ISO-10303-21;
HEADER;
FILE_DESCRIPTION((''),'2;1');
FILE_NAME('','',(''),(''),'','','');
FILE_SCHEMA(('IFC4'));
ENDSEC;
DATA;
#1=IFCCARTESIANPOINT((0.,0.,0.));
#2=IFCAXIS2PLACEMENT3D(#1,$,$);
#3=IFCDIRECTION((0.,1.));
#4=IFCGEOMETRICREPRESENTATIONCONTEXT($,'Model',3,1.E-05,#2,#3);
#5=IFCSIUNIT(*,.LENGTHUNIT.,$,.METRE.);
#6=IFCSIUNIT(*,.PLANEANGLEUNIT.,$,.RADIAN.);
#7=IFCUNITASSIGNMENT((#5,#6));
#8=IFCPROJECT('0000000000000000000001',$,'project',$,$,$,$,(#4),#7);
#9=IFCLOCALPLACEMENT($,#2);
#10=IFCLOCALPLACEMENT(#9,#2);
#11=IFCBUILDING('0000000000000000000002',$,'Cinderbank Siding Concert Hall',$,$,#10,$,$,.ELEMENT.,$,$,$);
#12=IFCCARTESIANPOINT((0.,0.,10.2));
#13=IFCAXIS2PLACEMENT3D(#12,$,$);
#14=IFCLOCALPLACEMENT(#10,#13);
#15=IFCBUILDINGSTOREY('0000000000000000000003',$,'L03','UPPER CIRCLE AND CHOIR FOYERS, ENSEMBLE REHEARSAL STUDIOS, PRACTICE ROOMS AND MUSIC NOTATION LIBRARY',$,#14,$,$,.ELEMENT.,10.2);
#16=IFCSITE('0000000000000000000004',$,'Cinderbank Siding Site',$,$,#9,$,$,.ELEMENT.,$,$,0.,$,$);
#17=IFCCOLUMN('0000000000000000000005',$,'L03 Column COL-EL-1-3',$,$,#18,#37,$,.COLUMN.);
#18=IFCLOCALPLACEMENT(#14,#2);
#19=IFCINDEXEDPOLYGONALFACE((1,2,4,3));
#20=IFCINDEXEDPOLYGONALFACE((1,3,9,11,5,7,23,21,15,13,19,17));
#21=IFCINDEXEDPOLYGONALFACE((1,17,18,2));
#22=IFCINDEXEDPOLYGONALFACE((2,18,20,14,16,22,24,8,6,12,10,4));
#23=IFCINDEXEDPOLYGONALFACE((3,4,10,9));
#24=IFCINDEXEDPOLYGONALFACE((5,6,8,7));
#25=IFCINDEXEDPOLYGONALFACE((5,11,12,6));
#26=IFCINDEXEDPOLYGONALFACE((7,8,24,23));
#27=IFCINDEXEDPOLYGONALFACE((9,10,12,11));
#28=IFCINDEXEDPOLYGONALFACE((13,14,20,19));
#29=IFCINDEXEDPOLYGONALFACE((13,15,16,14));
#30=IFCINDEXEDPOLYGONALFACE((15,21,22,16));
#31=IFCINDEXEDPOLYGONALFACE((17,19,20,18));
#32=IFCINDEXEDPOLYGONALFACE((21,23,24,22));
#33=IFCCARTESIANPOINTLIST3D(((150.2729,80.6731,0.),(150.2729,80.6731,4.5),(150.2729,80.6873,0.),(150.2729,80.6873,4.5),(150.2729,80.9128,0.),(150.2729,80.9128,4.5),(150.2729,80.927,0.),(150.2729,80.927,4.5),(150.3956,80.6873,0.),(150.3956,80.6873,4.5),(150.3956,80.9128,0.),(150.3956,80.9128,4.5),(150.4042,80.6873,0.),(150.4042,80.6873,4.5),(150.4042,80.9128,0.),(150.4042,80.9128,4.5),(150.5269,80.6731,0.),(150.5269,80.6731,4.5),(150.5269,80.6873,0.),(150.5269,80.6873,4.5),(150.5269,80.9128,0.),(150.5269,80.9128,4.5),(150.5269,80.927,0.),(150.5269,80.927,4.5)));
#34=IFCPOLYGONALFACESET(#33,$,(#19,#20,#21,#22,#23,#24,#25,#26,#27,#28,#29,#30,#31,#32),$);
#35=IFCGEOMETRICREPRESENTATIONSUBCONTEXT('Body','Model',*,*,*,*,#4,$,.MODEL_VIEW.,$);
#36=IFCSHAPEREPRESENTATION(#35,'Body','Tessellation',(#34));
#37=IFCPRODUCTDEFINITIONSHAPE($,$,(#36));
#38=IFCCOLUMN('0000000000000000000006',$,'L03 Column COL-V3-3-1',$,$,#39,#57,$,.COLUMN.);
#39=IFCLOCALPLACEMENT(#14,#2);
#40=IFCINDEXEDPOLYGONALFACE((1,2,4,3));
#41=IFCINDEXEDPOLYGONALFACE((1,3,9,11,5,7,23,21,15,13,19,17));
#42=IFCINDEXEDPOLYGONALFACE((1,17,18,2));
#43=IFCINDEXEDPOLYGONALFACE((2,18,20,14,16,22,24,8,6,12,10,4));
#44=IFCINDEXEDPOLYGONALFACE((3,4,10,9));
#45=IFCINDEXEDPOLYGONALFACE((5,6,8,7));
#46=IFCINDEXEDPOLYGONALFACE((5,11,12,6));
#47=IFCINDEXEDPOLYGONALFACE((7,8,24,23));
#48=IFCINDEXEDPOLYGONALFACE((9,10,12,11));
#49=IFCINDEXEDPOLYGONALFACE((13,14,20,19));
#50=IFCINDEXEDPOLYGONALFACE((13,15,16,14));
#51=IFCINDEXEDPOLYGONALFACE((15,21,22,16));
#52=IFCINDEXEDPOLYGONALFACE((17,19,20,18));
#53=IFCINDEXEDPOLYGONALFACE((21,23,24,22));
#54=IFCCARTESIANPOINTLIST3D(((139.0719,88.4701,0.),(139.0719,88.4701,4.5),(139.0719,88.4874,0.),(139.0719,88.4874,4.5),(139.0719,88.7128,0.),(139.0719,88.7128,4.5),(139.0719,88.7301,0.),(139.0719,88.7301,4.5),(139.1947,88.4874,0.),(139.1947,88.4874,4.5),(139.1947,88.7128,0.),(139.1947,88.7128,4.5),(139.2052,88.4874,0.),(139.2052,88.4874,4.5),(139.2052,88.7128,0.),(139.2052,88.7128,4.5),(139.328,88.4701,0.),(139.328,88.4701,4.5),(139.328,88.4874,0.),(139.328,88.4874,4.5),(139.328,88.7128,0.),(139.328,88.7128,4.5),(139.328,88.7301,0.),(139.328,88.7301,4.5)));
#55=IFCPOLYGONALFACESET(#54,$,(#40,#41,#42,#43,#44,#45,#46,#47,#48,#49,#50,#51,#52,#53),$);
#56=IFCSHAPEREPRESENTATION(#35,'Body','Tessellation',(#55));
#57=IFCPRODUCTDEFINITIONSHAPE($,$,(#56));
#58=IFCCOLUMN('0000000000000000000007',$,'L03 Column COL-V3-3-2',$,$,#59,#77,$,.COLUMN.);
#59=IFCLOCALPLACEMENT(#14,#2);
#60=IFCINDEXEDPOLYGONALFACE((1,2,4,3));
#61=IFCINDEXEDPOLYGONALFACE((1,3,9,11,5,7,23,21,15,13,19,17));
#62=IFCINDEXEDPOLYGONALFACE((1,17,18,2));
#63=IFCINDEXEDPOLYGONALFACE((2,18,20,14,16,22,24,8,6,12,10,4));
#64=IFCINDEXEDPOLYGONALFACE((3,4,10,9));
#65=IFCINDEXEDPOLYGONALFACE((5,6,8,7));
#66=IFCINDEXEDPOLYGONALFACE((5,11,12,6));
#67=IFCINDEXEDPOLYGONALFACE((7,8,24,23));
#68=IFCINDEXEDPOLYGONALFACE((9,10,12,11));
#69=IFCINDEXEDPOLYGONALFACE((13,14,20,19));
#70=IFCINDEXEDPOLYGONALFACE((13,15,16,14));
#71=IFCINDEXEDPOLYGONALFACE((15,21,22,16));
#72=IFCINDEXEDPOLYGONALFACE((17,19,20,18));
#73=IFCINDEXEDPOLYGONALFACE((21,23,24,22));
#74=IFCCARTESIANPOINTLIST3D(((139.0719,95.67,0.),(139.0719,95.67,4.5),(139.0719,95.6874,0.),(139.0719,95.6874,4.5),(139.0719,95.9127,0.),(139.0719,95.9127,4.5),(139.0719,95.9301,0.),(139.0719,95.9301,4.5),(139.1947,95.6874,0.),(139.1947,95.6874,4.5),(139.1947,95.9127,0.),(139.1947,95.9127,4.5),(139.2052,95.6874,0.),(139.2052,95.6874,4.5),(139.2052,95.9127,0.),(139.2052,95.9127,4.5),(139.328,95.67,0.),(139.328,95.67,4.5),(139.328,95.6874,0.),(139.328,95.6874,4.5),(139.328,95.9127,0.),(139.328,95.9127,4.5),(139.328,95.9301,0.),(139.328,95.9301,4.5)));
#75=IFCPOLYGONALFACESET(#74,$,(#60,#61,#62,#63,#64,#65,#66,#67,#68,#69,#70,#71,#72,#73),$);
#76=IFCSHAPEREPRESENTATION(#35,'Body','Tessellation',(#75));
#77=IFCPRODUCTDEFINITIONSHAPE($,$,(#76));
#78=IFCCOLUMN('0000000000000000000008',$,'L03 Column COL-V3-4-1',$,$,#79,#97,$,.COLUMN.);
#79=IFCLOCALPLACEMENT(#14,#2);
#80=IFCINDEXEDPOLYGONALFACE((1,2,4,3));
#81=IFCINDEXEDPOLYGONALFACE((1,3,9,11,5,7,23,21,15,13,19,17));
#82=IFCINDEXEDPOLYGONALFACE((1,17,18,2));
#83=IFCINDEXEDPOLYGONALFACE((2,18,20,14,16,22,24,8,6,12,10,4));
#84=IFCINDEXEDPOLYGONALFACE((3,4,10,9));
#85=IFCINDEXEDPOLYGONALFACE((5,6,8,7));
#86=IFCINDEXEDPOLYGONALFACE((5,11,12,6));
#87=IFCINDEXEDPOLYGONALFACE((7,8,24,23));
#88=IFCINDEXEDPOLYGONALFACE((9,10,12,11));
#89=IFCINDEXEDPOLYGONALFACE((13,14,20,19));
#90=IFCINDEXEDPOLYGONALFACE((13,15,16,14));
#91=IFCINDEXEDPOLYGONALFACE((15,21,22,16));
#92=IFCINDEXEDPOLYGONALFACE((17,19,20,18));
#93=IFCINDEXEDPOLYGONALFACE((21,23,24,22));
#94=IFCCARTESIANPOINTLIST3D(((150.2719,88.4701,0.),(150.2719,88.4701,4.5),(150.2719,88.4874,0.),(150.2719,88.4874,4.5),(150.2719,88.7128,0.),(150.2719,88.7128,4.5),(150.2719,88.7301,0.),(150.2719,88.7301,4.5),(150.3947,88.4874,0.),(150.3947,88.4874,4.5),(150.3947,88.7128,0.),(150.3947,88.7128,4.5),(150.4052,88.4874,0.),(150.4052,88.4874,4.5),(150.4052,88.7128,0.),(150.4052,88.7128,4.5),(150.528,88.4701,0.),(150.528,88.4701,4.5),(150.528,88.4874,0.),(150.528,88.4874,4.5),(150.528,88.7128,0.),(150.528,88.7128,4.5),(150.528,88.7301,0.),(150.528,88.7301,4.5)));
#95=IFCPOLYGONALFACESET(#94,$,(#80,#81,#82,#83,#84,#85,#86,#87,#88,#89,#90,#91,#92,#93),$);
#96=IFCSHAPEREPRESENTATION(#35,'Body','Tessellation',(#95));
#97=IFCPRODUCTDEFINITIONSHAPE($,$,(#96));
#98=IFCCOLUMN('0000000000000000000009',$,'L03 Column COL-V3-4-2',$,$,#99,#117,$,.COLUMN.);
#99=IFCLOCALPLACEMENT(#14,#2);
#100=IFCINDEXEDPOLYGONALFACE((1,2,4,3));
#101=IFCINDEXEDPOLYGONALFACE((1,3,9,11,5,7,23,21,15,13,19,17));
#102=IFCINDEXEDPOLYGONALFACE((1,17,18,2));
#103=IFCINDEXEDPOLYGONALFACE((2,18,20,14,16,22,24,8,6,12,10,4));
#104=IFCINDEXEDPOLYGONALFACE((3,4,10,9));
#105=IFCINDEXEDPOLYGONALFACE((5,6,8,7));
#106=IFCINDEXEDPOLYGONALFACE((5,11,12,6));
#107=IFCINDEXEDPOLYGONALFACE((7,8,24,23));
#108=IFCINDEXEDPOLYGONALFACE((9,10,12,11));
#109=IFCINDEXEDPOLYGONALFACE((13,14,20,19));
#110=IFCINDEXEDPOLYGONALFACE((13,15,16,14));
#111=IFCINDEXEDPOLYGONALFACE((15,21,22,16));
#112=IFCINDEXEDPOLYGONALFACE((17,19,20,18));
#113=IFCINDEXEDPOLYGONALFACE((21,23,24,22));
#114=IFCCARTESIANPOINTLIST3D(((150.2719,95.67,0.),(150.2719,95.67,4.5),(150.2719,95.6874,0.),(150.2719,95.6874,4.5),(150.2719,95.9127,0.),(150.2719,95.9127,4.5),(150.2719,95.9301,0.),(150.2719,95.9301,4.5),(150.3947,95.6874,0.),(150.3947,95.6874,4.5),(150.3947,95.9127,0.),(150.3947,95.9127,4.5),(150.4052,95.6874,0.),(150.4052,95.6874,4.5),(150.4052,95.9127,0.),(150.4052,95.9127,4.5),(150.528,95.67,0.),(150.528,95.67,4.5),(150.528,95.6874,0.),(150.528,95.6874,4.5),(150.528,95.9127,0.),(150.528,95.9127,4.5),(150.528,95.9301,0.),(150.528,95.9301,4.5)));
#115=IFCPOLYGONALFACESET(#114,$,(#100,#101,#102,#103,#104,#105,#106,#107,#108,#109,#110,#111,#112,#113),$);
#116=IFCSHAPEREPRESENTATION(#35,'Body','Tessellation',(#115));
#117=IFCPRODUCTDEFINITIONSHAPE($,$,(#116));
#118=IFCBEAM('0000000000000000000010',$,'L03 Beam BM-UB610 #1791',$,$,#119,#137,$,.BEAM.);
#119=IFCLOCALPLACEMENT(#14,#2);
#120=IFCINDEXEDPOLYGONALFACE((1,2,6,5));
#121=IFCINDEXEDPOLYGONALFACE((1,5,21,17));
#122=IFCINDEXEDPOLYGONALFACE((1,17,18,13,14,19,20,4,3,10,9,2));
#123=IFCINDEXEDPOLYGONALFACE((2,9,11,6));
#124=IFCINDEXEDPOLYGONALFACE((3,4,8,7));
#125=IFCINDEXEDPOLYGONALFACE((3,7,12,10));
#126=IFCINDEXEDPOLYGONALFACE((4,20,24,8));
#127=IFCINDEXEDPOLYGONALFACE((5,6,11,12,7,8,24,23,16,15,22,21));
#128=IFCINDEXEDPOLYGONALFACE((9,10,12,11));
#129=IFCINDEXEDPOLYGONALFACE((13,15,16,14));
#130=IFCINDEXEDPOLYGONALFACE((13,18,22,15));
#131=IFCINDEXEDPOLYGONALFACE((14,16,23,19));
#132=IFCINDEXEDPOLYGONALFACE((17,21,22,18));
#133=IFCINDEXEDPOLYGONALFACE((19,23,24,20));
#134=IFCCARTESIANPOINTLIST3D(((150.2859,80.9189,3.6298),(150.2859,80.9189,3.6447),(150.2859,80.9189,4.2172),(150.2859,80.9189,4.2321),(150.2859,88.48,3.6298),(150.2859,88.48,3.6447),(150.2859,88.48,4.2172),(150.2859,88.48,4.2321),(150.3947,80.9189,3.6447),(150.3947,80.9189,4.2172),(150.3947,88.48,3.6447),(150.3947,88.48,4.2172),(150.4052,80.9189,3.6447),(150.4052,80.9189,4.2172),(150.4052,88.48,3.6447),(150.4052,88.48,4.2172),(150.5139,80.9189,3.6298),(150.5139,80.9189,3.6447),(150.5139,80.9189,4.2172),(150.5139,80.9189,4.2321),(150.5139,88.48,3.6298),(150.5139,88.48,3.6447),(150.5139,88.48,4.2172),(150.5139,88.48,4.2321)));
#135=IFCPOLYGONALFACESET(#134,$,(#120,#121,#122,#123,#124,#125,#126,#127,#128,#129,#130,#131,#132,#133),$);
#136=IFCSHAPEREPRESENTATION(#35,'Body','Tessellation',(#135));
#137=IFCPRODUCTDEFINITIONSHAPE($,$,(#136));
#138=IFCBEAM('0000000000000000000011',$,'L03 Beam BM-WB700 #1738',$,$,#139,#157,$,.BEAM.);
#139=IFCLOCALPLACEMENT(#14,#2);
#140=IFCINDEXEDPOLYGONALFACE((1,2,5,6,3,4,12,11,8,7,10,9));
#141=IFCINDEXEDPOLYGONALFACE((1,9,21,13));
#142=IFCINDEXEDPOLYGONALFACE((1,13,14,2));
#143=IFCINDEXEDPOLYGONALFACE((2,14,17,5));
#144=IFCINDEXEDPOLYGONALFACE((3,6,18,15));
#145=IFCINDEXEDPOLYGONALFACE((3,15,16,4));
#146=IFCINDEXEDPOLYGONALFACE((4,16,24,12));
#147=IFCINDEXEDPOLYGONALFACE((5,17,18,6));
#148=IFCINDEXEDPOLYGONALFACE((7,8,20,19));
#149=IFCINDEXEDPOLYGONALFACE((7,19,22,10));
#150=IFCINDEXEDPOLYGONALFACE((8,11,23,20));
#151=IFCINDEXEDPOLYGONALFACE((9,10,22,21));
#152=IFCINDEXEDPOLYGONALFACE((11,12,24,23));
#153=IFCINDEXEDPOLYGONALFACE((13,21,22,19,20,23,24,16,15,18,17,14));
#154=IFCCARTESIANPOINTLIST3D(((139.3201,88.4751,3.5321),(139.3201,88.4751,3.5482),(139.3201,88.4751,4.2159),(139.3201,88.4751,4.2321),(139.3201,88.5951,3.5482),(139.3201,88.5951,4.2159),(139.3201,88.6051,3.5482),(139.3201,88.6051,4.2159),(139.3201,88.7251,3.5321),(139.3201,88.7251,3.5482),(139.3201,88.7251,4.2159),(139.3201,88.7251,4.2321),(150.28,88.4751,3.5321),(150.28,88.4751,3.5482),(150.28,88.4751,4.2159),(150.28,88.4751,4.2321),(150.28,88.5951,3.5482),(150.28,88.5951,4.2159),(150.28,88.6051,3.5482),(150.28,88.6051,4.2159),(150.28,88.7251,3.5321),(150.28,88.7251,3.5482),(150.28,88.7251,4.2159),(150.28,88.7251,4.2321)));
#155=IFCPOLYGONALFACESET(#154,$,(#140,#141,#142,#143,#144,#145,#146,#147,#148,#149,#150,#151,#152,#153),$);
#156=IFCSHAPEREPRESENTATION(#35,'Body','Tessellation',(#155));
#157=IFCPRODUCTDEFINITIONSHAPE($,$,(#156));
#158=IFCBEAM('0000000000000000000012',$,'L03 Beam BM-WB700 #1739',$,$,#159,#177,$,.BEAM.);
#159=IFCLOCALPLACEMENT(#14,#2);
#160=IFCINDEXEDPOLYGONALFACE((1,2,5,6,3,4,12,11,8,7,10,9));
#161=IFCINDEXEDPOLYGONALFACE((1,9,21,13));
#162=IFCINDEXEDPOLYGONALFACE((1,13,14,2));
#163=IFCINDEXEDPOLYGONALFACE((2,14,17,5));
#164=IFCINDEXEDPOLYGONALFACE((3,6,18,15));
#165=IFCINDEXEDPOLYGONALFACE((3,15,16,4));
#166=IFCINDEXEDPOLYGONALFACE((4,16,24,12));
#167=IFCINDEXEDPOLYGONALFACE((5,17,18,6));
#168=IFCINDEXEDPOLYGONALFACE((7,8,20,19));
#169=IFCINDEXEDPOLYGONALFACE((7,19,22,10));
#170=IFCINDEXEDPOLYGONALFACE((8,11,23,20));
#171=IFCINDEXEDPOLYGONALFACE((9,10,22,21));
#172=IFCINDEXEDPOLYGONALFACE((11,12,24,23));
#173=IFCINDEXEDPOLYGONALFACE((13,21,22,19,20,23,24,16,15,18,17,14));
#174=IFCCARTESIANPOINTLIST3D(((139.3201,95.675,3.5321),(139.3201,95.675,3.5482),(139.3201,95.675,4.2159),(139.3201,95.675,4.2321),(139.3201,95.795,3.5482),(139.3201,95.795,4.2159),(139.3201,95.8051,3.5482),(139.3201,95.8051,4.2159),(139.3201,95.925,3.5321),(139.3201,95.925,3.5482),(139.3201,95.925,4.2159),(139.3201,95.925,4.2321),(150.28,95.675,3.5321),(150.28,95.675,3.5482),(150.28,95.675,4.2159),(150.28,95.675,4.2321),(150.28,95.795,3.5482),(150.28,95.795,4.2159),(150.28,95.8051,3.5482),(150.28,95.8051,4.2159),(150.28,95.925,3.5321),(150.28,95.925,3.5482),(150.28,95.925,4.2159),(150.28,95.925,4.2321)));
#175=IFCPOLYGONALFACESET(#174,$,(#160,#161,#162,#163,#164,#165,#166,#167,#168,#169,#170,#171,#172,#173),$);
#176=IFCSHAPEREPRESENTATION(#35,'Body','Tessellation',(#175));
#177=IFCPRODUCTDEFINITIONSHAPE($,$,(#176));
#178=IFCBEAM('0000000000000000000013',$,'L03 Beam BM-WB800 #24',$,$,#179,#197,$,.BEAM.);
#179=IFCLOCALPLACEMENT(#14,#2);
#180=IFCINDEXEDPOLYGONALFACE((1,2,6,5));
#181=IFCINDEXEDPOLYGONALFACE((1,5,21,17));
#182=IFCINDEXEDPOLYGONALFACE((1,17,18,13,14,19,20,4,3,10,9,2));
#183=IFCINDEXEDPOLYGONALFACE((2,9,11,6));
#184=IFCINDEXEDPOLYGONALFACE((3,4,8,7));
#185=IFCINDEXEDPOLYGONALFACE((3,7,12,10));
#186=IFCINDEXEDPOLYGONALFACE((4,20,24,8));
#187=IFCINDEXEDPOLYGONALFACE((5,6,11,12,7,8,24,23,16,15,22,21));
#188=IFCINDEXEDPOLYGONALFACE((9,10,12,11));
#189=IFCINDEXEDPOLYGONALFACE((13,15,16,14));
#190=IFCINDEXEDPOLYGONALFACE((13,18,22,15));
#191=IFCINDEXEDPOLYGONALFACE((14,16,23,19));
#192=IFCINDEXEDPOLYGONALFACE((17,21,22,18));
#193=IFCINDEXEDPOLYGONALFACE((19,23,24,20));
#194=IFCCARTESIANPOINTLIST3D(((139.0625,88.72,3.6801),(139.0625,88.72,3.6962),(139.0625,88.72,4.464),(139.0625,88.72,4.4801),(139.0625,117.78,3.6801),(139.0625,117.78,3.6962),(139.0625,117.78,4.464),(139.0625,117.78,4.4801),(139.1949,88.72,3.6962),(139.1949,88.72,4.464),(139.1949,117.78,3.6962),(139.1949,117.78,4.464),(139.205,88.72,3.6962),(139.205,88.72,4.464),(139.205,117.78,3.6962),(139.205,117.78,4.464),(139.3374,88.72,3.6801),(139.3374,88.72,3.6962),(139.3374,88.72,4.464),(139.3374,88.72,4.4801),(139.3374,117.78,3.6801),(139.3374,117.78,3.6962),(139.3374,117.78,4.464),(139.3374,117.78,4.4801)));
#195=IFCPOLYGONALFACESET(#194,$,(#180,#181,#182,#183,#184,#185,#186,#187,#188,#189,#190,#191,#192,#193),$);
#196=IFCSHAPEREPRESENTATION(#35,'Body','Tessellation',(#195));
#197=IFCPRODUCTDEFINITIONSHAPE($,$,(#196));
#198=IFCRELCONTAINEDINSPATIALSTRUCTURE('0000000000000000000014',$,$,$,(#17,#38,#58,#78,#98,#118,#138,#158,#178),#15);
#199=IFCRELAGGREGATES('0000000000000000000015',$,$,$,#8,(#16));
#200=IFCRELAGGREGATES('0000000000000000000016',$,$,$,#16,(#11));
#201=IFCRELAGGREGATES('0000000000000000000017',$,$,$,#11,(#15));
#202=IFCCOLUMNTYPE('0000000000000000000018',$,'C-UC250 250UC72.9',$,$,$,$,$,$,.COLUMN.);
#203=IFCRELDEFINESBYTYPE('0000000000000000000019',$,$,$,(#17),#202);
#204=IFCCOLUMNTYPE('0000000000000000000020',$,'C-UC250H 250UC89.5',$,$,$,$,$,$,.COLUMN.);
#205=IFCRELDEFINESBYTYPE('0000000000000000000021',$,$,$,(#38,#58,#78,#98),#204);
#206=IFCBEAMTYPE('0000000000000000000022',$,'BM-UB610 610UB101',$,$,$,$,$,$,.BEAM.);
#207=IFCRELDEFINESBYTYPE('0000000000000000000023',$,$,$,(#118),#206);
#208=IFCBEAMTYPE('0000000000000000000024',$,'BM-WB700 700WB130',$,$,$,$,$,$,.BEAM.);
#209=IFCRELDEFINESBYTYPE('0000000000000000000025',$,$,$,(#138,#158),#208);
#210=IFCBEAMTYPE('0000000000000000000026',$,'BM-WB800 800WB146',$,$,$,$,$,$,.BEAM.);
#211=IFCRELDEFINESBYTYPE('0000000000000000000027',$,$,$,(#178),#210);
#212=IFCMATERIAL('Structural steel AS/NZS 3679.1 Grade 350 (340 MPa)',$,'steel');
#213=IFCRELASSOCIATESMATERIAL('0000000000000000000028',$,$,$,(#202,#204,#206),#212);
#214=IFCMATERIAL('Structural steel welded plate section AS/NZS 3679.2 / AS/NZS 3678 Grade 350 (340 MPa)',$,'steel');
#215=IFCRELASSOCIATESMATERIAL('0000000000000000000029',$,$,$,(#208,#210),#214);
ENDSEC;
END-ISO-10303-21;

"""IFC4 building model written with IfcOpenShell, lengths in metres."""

from ifc_helpers import new_model, si_unit, direction, frame, origin, origin_2d, place, context, subcontext, project, spatial, i_section, extrude, material, material_profile, profile_set, type_object, element, save


model = new_model("IFC4")

# Units and contexts
model_context = context("Model", 3, precision=1e-05, world=origin(), true_north=direction((0.0, 1.0)))
body_context = subcontext(model_context, "Body", "Model", "MODEL_VIEW")
ifc_project = project(units=[si_unit("LENGTHUNIT", "METRE"), si_unit("PLANEANGLEUNIT", "RADIAN")], contexts=[model_context])

# Site, building, storey
site_placement = place(None, origin())
site = spatial("IfcSite", under=ifc_project, at=site_placement, Name="Cinderbank Siding Site", CompositionType="ELEMENT", RefElevation=0.0)
building_placement = place(site_placement, origin())
building = spatial("IfcBuilding", under=site, at=building_placement, Name="Cinderbank Siding Concert Hall", CompositionType="ELEMENT")
storey_placement = place(building_placement, frame((0.0, 0.0, 10.2)))
storey = spatial("IfcBuildingStorey", under=building, at=storey_placement, Name="L03", Description="UPPER CIRCLE AND CHOIR FOYERS, ENSEMBLE REHEARSAL STUDIOS, PRACTICE ROOMS AND MUSIC NOTATION LIBRARY", CompositionType="ELEMENT", Elevation=10.2)

# Columns
ifc_material_1 = material(Name="Structural steel AS/NZS 3679.1 Grade 350 (340 MPa)", Category="steel")
ifc_material_profile_1 = material_profile(ifc_material_1, i_section(OverallWidth=0.2539, OverallDepth=0.2539, WebThickness=0.0085, FlangeThickness=0.0142, at=origin_2d()), Name="250UC72.9", Category="LoadBearing")
ifc_profile_set_1 = profile_set([ifc_material_profile_1], Name="Structural steel AS/NZS 3679.1 Grade 350 (340 MPa)")
column_type_1 = type_object("IfcColumnType", Name="C-UC250 250UC72.9", PredefinedType="COLUMN", material=ifc_profile_set_1)
column_placement = place(storey_placement, frame((150.3999, 80.8, 0.0), z_axis=(0.0, 0.0, 1.0), x_axis=(1.0, 0.0, 0.0)))
element("IfcColumn", 1, at=column_placement, inside=storey, type_object=column_type_1, Name="L03 Column COL-EL-1-3", PredefinedType="COLUMN", context=body_context, shape_type="SweptSolid", body=[
    extrude(i_section(OverallWidth=0.2539, OverallDepth=0.2539, WebThickness=0.0085, FlangeThickness=0.0142, at=origin_2d()), origin(), (0.0, 0.0, 1.0), 4.5),
])
ifc_material_profile_2 = material_profile(ifc_material_1, i_section(OverallWidth=0.2561, OverallDepth=0.26, WebThickness=0.0105, FlangeThickness=0.0173, at=origin_2d()), Name="250UC89.5", Category="LoadBearing")
ifc_profile_set_2 = profile_set([ifc_material_profile_2], Name="Structural steel AS/NZS 3679.1 Grade 350 (340 MPa)")
column_type_2 = type_object("IfcColumnType", Name="C-UC250H 250UC89.5", PredefinedType="COLUMN", material=ifc_profile_set_2)
for number, where, z_axis, x_axis, name in (
    (2, (139.2, 88.6001, 0.0), (0.0, 0.0, 1.0), (1.0, 0.0, 0.0), "L03 Column COL-V3-3-1"),
    (3, (139.2, 95.8, 0.0), (0.0, 0.0, 1.0), (1.0, 0.0, 0.0), "L03 Column COL-V3-3-2"),
    (4, (150.3999, 88.6001, 0.0), (0.0, 0.0, 1.0), (1.0, 0.0, 0.0), "L03 Column COL-V3-4-1"),
    (5, (150.3999, 95.8, 0.0), (0.0, 0.0, 1.0), (1.0, 0.0, 0.0), "L03 Column COL-V3-4-2"),
):
    element("IfcColumn", number, at=place(storey_placement, frame(where, z_axis=z_axis, x_axis=x_axis)), inside=storey, type_object=column_type_2, Name=name, PredefinedType="COLUMN", context=body_context, shape_type="SweptSolid", body=[
        extrude(i_section(OverallWidth=0.2561, OverallDepth=0.26, WebThickness=0.0105, FlangeThickness=0.0173, at=origin_2d()), origin(), (0.0, 0.0, 1.0), 4.5),
    ])

# Beams
ifc_material_profile_3 = material_profile(ifc_material_1, i_section(OverallWidth=0.228, OverallDepth=0.6023, WebThickness=0.0105, FlangeThickness=0.0149, at=origin_2d()), Name="610UB101", Category="LoadBearing")
ifc_profile_set_3 = profile_set([ifc_material_profile_3], Name="Structural steel AS/NZS 3679.1 Grade 350 (340 MPa)")
beam_type_1 = type_object("IfcBeamType", Name="BM-UB610 610UB101", PredefinedType="BEAM", material=ifc_profile_set_3)
beam_1_placement = place(storey_placement, frame((150.3999, 80.9189, 3.9309), z_axis=(0.0, 1.0, 0.0), x_axis=(-1.0, 0.0, 0.0)))
element("IfcBeam", 6, at=beam_1_placement, inside=storey, type_object=beam_type_1, Name="L03 Beam BM-UB610 #1791", PredefinedType="BEAM", context=body_context, shape_type="SweptSolid", body=[
    extrude(i_section(OverallWidth=0.228, OverallDepth=0.6023, WebThickness=0.0105, FlangeThickness=0.0149, at=origin_2d()), origin(), (0.0, 0.0, 1.0), 7.561),
])
ifc_material_2 = material(Name="Structural steel welded plate section AS/NZS 3679.2 / AS/NZS 3678 Grade 350 (340 MPa)", Category="steel")
ifc_material_profile_4 = material_profile(ifc_material_2, i_section(OverallWidth=0.25, OverallDepth=0.7, WebThickness=0.01, FlangeThickness=0.0161, at=origin_2d()), Name="700WB130", Category="LoadBearing")
ifc_profile_set_4 = profile_set([ifc_material_profile_4], Name="Structural steel welded plate section AS/NZS 3679.2 / AS/NZS 3678 Grade 350 (340 MPa)")
beam_type_2 = type_object("IfcBeamType", Name="BM-WB700 700WB130", PredefinedType="BEAM", material=ifc_profile_set_4)
for number, where, z_axis, x_axis, name in (
    (7, (139.3201, 88.6001, 3.8821), (1.0, 0.0, 0.0), (0.0, 1.0, 0.0), "L03 Beam BM-WB700 #1738"),
    (8, (139.3201, 95.8, 3.8821), (1.0, 0.0, 0.0), (0.0, 1.0, 0.0), "L03 Beam BM-WB700 #1739"),
):
    element("IfcBeam", number, at=place(storey_placement, frame(where, z_axis=z_axis, x_axis=x_axis)), inside=storey, type_object=beam_type_2, Name=name, PredefinedType="BEAM", context=body_context, shape_type="SweptSolid", body=[
        extrude(i_section(OverallWidth=0.25, OverallDepth=0.7, WebThickness=0.01, FlangeThickness=0.0161, at=origin_2d()), origin(), (0.0, 0.0, 1.0), 10.96),
    ])
ifc_material_profile_5 = material_profile(ifc_material_2, i_section(OverallWidth=0.2749, OverallDepth=0.8, WebThickness=0.01, FlangeThickness=0.0161, at=origin_2d()), Name="800WB146", Category="LoadBearing")
ifc_profile_set_5 = profile_set([ifc_material_profile_5], Name="Structural steel welded plate section AS/NZS 3679.2 / AS/NZS 3678 Grade 350 (340 MPa)")
beam_type_3 = type_object("IfcBeamType", Name="BM-WB800 800WB146", PredefinedType="BEAM", material=ifc_profile_set_5)
beam_2_placement = place(storey_placement, frame((139.2, 88.72, 4.0801), z_axis=(0.0, 1.0, 0.0), x_axis=(-1.0, 0.0, 0.0)))
element("IfcBeam", 9, at=beam_2_placement, inside=storey, type_object=beam_type_3, Name="L03 Beam BM-WB800 #24", PredefinedType="BEAM", context=body_context, shape_type="SweptSolid", body=[
    extrude(i_section(OverallWidth=0.2749, OverallDepth=0.8, WebThickness=0.01, FlangeThickness=0.0161, at=origin_2d()), origin(), (0.0, 0.0, 1.0), 29.0601),
])

save(model, "model.ifc")
